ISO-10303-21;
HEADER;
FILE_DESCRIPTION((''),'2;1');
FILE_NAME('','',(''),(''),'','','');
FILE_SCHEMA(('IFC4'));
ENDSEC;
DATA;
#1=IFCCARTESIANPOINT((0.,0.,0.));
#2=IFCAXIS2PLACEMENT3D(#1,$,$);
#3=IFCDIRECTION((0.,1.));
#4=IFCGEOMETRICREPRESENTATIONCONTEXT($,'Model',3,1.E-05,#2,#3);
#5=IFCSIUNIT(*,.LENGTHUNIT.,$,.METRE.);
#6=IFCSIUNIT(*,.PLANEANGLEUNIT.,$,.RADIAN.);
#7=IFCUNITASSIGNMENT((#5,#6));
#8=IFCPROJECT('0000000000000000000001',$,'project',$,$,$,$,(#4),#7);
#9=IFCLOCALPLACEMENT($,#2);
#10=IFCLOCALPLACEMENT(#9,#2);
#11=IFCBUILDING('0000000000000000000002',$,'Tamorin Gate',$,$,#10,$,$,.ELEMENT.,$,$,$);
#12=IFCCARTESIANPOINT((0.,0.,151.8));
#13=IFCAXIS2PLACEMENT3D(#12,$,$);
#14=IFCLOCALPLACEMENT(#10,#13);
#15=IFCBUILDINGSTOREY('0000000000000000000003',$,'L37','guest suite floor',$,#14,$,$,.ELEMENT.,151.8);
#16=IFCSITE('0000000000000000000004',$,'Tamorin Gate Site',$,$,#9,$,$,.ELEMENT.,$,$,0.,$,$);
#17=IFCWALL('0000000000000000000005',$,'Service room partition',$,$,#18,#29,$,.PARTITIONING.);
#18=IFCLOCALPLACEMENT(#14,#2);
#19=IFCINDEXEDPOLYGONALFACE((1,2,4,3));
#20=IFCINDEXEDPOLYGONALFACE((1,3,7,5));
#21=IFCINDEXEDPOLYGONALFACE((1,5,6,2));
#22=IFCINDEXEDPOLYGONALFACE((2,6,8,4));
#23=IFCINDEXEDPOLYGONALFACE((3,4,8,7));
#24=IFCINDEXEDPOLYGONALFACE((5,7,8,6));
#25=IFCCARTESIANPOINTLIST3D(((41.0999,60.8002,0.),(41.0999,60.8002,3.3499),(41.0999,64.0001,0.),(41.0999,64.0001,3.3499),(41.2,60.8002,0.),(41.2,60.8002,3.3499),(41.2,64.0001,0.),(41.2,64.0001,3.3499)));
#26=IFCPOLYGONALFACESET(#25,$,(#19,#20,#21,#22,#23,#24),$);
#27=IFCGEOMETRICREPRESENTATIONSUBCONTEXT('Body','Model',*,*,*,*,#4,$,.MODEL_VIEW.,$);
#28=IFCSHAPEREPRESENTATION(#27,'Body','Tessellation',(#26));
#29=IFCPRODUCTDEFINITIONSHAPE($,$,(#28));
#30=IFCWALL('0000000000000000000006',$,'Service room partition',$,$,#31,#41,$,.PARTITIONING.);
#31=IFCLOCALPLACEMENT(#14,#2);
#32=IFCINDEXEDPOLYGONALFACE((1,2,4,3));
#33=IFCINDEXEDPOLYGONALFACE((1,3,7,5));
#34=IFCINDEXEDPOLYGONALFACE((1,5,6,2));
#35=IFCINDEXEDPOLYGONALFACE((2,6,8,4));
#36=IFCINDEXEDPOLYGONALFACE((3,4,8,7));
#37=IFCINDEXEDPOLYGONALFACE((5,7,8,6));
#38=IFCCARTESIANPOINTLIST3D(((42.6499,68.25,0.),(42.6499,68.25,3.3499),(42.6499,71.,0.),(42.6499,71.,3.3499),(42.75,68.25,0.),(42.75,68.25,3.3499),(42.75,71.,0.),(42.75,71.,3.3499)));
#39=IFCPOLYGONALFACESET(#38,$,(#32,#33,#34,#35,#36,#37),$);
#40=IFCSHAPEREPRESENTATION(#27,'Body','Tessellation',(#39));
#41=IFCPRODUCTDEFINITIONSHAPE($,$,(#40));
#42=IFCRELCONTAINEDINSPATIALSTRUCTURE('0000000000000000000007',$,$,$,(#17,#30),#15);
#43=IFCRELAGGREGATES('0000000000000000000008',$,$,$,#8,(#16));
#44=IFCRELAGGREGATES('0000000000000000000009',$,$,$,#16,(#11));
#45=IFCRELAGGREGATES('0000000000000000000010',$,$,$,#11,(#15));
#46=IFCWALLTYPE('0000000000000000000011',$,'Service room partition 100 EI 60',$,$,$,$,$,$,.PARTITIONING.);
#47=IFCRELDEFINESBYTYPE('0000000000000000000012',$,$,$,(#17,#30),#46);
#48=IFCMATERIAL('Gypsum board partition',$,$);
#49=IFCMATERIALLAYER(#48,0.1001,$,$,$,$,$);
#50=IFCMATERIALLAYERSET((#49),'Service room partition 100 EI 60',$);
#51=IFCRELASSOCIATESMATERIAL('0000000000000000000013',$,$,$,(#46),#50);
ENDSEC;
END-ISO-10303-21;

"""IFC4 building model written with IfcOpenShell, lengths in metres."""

from ifc_helpers import new_model, si_unit, direction, frame, frame_2d, origin, place, context, subcontext, project, spatial, rectangle, extrude, material, layer, layer_set, type_object, element, save


model = new_model("IFC4")

# Units and contexts
model_context = context("Model", 3, precision=1e-05, world=origin(), true_north=direction((0.0, 1.0)))
body_context = subcontext(model_context, "Body", "Model", "MODEL_VIEW")
ifc_project = project(units=[si_unit("LENGTHUNIT", "METRE"), si_unit("PLANEANGLEUNIT", "RADIAN")], contexts=[model_context])

# Site, building, storey
site_placement = place(None, origin())
site = spatial("IfcSite", under=ifc_project, at=site_placement, Name="Tamorin Gate Site", CompositionType="ELEMENT", RefElevation=0.0)
building_placement = place(site_placement, origin())
building = spatial("IfcBuilding", under=site, at=building_placement, Name="Tamorin Gate", CompositionType="ELEMENT")
storey_placement = place(building_placement, frame((0.0, 0.0, 151.8)))
storey = spatial("IfcBuildingStorey", under=building, at=storey_placement, Name="L37", Description="guest suite floor", CompositionType="ELEMENT", Elevation=151.8)

# Walls
ifc_material_1 = material(Name="Gypsum board partition")
ifc_layer_1 = layer(ifc_material_1, 0.1001)
ifc_layer_set_1 = layer_set([ifc_layer_1], Name="Service room partition 100 EI 60")
wall_type_1 = type_object("IfcWallType", Name="Service room partition 100 EI 60", PredefinedType="PARTITIONING", material=ifc_layer_set_1)
wall_1_placement = place(storey_placement, frame((41.1499, 60.8, 0.0), z_axis=(0.0, 0.0, 1.0), x_axis=(0.0, 1.0, 0.0)))
element("IfcWall", 1, at=wall_1_placement, inside=storey, type_object=wall_type_1, Name="Service room partition", PredefinedType="PARTITIONING", context=body_context, shape_type="SweptSolid", body=[
    extrude(rectangle(XDim=3.2, YDim=0.1001, at=frame_2d((1.6001, 0.0))), origin(), (0.0, 0.0, 1.0), 3.3499),
])
wall_2_placement = place(storey_placement, frame((42.7, 68.25, 0.0), z_axis=(0.0, 0.0, 1.0), x_axis=(0.0, 1.0, 0.0)))
element("IfcWall", 2, at=wall_2_placement, inside=storey, type_object=wall_type_1, Name="Service room partition", PredefinedType="PARTITIONING", context=body_context, shape_type="SweptSolid", body=[
    extrude(rectangle(XDim=2.75, YDim=0.1001, at=frame_2d((1.375, 0.0))), origin(), (0.0, 0.0, 1.0), 3.3499),
])

save(model, "model.ifc")
